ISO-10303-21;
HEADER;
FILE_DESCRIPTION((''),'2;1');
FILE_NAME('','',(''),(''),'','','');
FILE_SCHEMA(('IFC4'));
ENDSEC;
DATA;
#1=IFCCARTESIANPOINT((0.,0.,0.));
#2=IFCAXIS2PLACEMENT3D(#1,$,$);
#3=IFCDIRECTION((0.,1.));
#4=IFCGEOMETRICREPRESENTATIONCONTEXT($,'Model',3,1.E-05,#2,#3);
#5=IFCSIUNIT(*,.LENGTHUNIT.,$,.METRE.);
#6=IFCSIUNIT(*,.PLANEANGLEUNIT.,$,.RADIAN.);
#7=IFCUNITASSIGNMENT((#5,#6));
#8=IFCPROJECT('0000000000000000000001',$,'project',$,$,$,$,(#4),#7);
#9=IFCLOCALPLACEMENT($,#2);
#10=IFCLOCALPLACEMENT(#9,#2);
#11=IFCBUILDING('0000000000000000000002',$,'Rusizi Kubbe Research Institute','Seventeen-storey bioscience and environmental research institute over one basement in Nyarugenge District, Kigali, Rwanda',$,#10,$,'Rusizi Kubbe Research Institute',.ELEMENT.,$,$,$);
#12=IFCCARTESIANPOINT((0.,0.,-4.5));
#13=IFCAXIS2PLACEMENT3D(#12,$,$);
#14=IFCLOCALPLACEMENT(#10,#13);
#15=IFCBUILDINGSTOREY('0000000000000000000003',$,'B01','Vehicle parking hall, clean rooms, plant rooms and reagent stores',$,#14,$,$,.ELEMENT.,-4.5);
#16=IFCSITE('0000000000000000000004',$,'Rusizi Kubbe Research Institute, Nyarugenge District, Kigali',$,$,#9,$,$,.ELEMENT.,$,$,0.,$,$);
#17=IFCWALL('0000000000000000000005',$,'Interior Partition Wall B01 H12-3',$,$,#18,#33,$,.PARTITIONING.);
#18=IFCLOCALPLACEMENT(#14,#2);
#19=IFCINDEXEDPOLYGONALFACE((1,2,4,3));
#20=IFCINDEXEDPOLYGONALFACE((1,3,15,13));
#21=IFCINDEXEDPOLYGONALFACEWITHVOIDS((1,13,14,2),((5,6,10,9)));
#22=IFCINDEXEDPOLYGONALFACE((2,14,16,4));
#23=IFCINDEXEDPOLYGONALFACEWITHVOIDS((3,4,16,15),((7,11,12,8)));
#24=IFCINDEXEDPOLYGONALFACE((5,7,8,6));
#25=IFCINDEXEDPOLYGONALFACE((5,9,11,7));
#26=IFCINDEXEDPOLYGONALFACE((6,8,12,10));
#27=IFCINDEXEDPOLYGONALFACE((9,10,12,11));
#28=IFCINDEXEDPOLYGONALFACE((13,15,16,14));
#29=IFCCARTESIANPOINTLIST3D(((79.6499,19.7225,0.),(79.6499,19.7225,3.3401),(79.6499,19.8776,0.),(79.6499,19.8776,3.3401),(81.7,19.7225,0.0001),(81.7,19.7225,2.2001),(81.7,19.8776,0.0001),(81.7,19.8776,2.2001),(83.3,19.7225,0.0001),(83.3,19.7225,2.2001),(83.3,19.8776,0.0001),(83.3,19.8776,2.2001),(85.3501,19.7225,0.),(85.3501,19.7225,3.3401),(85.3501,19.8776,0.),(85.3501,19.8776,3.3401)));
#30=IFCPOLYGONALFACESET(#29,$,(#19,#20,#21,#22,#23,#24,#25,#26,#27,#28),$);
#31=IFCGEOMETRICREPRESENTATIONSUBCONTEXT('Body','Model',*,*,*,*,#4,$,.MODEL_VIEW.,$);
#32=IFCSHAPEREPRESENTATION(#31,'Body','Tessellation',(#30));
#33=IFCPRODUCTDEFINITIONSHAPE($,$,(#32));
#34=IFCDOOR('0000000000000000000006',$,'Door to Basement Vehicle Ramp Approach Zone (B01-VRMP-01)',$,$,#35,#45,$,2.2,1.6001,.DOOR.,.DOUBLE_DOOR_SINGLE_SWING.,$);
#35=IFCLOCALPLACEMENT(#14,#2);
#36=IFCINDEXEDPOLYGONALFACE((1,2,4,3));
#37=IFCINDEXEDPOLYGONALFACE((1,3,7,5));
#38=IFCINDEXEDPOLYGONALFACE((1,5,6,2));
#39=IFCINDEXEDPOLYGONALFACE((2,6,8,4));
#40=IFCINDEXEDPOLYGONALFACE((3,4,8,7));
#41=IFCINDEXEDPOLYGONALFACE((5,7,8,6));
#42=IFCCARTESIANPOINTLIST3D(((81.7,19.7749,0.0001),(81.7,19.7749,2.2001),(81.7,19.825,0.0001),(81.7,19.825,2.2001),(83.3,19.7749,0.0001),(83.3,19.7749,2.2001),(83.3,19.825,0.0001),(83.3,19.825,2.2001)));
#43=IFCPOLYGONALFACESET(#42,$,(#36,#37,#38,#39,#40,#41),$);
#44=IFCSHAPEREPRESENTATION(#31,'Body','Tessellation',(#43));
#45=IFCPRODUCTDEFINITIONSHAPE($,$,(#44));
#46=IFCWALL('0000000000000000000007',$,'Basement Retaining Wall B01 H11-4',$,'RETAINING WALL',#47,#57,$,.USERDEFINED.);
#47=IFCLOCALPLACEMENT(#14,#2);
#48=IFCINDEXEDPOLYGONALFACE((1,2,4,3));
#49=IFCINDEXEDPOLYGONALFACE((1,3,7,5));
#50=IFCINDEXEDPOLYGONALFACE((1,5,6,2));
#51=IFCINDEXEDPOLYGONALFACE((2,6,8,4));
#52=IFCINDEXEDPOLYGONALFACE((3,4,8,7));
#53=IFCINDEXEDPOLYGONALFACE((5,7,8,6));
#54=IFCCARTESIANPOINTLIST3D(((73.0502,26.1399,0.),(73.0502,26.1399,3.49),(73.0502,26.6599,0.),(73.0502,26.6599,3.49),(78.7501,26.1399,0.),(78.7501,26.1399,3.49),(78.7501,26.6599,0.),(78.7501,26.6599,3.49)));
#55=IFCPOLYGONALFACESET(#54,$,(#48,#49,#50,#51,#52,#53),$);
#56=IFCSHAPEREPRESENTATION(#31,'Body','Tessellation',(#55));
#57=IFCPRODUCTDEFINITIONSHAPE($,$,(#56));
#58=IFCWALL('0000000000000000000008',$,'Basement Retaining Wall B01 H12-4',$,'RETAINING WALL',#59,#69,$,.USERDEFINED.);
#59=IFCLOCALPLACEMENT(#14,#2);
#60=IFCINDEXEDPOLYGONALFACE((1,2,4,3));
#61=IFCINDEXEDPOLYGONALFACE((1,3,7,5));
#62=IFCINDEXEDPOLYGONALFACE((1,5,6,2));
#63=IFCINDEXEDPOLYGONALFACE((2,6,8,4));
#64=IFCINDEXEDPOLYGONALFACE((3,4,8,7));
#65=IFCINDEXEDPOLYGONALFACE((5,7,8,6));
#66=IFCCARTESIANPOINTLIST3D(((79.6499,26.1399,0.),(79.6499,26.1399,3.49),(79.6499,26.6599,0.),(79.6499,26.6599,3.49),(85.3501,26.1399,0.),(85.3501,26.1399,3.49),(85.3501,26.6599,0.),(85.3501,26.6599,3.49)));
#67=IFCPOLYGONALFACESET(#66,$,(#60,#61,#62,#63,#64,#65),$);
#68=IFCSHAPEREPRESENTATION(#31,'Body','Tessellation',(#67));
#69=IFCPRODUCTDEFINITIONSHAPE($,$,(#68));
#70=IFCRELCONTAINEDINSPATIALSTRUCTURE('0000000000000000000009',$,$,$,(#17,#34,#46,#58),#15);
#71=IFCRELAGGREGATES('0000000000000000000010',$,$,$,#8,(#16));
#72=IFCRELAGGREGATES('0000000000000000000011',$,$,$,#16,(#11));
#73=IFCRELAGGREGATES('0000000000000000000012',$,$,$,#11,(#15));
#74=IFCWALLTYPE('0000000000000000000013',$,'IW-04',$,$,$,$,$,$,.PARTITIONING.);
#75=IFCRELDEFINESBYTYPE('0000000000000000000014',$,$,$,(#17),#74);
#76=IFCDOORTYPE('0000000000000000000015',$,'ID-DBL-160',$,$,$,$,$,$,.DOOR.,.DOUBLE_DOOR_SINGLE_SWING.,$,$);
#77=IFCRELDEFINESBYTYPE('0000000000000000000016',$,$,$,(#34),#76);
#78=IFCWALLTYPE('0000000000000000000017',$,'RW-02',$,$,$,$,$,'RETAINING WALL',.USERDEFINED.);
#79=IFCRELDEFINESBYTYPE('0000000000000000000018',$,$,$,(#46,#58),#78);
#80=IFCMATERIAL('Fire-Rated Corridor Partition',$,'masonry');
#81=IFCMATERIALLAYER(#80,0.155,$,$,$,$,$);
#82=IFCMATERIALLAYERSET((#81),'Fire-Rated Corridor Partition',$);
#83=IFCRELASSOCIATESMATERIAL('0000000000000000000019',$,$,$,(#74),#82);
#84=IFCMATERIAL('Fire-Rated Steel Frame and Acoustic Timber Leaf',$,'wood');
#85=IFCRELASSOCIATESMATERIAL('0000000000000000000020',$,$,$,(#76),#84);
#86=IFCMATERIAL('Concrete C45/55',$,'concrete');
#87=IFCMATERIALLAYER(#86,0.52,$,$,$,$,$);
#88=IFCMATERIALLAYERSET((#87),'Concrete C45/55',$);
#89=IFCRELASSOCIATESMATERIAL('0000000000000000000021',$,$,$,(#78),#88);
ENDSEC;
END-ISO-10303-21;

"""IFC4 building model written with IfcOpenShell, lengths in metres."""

from ifc_helpers import new_model, si_unit, direction, frame, frame_2d, origin, place, context, subcontext, project, spatial, rectangle, extrude, material, layer, layer_set, type_object, element, fill, save


model = new_model("IFC4")

# Units and contexts
model_context = context("Model", 3, precision=1e-05, world=origin(), true_north=direction((0.0, 1.0)))
body_context = subcontext(model_context, "Body", "Model", "MODEL_VIEW")
ifc_project = project(units=[si_unit("LENGTHUNIT", "METRE"), si_unit("PLANEANGLEUNIT", "RADIAN")], contexts=[model_context])

# Site, building, storey
site_placement = place(None, origin())
site = spatial("IfcSite", under=ifc_project, at=site_placement, Name="Rusizi Kubbe Research Institute, Nyarugenge District, Kigali", CompositionType="ELEMENT", RefElevation=0.0)
building_placement = place(site_placement, origin())
building = spatial("IfcBuilding", under=site, at=building_placement, Name="Rusizi Kubbe Research Institute", Description="Seventeen-storey bioscience and environmental research institute over one basement in Nyarugenge District, Kigali, Rwanda", LongName="Rusizi Kubbe Research Institute", CompositionType="ELEMENT")
storey_placement = place(building_placement, frame((0.0, 0.0, -4.5)))
storey = spatial("IfcBuildingStorey", under=building, at=storey_placement, Name="B01", Description="Vehicle parking hall, clean rooms, plant rooms and reagent stores", CompositionType="ELEMENT", Elevation=-4.5)

# Wall, opening, door
ifc_material_1 = material(Name="Fire-Rated Corridor Partition", Category="masonry")
ifc_layer_1 = layer(ifc_material_1, 0.155)
ifc_layer_set_1 = layer_set([ifc_layer_1], Name="Fire-Rated Corridor Partition")
wall_type_1 = type_object("IfcWallType", Name="IW-04", PredefinedType="PARTITIONING", material=ifc_layer_set_1)
wall_1_placement = place(storey_placement, frame((79.6499, 19.8, 0.0), z_axis=(0.0, 0.0, 1.0), x_axis=(1.0, 0.0, 0.0)))
wall_1 = element("IfcWall", 1, at=wall_1_placement, inside=storey, type_object=wall_type_1, Name="Interior Partition Wall B01 H12-3", PredefinedType="PARTITIONING", context=body_context, shape_type="SweptSolid", body=[
    extrude(rectangle(XDim=5.7002, YDim=0.155, at=frame_2d((2.8501, 0.0))), origin(), (0.0, 0.0, 1.0), 3.3401),
])
opening_1_placement = place(wall_1_placement, frame((2.05, 0.0, 0.0)))
opening_1 = element("IfcOpeningElement", 2, at=opening_1_placement, cuts=wall_1, PredefinedType="OPENING", context=body_context, shape_type="SweptSolid", body=[
    extrude(rectangle(XDim=1.6001, YDim=2.2, at=frame_2d((0.8, 1.1001))), frame((0.0, 0.0874, 0.0), z_axis=(0.0, -1.0, 0.0), x_axis=(1.0, 0.0, 0.0)), (0.0, 0.0, 1.0), 0.175),
])
ifc_material_2 = material(Name="Fire-Rated Steel Frame and Acoustic Timber Leaf", Category="wood")
door_type_1 = type_object("IfcDoorType", Name="ID-DBL-160", OperationType="DOUBLE_DOOR_SINGLE_SWING", PredefinedType="DOOR", material=ifc_material_2)
door_1_placement = place(opening_1_placement, origin())
door_1 = element("IfcDoor", 3, at=door_1_placement, inside=storey, type_object=door_type_1, Name="Door to Basement Vehicle Ramp Approach Zone (B01-VRMP-01)", OperationType="DOUBLE_DOOR_SINGLE_SWING", OverallHeight=2.2, OverallWidth=1.6001, PredefinedType="DOOR", context=body_context, shape_type="SweptSolid", body=[
    extrude(rectangle(XDim=1.6001, YDim=2.2, at=frame_2d((0.8, 1.1001))), frame((0.0, 0.0249, 0.0), z_axis=(0.0, -1.0, 0.0), x_axis=(1.0, 0.0, 0.0)), (0.0, 0.0, 1.0), 0.05),
])
fill(opening_1, door_1)

# Walls
ifc_material_3 = material(Name="Concrete C45/55", Category="concrete")
ifc_layer_2 = layer(ifc_material_3, 0.52)
ifc_layer_set_2 = layer_set([ifc_layer_2], Name="Concrete C45/55")
wall_type_2 = type_object("IfcWallType", Name="RW-02", ElementType="RETAINING WALL", PredefinedType="USERDEFINED", material=ifc_layer_set_2)
wall_2_placement = place(storey_placement, frame((73.05, 26.3999, 0.0), z_axis=(0.0, 0.0, 1.0), x_axis=(1.0, 0.0, 0.0)))
element("IfcWall", 4, at=wall_2_placement, inside=storey, type_object=wall_type_2, Name="Basement Retaining Wall B01 H11-4", ObjectType="RETAINING WALL", PredefinedType="USERDEFINED", context=body_context, shape_type="SweptSolid", body=[
    extrude(rectangle(XDim=5.7, YDim=0.52, at=frame_2d((2.8501, 0.0))), origin(), (0.0, 0.0, 1.0), 3.49),
])
wall_3_placement = place(storey_placement, frame((79.6499, 26.3999, 0.0), z_axis=(0.0, 0.0, 1.0), x_axis=(1.0, 0.0, 0.0)))
element("IfcWall", 5, at=wall_3_placement, inside=storey, type_object=wall_type_2, Name="Basement Retaining Wall B01 H12-4", ObjectType="RETAINING WALL", PredefinedType="USERDEFINED", context=body_context, shape_type="SweptSolid", body=[
    extrude(rectangle(XDim=5.7002, YDim=0.52, at=frame_2d((2.8501, 0.0))), origin(), (0.0, 0.0, 1.0), 3.49),
])

save(model, "model.ifc")
